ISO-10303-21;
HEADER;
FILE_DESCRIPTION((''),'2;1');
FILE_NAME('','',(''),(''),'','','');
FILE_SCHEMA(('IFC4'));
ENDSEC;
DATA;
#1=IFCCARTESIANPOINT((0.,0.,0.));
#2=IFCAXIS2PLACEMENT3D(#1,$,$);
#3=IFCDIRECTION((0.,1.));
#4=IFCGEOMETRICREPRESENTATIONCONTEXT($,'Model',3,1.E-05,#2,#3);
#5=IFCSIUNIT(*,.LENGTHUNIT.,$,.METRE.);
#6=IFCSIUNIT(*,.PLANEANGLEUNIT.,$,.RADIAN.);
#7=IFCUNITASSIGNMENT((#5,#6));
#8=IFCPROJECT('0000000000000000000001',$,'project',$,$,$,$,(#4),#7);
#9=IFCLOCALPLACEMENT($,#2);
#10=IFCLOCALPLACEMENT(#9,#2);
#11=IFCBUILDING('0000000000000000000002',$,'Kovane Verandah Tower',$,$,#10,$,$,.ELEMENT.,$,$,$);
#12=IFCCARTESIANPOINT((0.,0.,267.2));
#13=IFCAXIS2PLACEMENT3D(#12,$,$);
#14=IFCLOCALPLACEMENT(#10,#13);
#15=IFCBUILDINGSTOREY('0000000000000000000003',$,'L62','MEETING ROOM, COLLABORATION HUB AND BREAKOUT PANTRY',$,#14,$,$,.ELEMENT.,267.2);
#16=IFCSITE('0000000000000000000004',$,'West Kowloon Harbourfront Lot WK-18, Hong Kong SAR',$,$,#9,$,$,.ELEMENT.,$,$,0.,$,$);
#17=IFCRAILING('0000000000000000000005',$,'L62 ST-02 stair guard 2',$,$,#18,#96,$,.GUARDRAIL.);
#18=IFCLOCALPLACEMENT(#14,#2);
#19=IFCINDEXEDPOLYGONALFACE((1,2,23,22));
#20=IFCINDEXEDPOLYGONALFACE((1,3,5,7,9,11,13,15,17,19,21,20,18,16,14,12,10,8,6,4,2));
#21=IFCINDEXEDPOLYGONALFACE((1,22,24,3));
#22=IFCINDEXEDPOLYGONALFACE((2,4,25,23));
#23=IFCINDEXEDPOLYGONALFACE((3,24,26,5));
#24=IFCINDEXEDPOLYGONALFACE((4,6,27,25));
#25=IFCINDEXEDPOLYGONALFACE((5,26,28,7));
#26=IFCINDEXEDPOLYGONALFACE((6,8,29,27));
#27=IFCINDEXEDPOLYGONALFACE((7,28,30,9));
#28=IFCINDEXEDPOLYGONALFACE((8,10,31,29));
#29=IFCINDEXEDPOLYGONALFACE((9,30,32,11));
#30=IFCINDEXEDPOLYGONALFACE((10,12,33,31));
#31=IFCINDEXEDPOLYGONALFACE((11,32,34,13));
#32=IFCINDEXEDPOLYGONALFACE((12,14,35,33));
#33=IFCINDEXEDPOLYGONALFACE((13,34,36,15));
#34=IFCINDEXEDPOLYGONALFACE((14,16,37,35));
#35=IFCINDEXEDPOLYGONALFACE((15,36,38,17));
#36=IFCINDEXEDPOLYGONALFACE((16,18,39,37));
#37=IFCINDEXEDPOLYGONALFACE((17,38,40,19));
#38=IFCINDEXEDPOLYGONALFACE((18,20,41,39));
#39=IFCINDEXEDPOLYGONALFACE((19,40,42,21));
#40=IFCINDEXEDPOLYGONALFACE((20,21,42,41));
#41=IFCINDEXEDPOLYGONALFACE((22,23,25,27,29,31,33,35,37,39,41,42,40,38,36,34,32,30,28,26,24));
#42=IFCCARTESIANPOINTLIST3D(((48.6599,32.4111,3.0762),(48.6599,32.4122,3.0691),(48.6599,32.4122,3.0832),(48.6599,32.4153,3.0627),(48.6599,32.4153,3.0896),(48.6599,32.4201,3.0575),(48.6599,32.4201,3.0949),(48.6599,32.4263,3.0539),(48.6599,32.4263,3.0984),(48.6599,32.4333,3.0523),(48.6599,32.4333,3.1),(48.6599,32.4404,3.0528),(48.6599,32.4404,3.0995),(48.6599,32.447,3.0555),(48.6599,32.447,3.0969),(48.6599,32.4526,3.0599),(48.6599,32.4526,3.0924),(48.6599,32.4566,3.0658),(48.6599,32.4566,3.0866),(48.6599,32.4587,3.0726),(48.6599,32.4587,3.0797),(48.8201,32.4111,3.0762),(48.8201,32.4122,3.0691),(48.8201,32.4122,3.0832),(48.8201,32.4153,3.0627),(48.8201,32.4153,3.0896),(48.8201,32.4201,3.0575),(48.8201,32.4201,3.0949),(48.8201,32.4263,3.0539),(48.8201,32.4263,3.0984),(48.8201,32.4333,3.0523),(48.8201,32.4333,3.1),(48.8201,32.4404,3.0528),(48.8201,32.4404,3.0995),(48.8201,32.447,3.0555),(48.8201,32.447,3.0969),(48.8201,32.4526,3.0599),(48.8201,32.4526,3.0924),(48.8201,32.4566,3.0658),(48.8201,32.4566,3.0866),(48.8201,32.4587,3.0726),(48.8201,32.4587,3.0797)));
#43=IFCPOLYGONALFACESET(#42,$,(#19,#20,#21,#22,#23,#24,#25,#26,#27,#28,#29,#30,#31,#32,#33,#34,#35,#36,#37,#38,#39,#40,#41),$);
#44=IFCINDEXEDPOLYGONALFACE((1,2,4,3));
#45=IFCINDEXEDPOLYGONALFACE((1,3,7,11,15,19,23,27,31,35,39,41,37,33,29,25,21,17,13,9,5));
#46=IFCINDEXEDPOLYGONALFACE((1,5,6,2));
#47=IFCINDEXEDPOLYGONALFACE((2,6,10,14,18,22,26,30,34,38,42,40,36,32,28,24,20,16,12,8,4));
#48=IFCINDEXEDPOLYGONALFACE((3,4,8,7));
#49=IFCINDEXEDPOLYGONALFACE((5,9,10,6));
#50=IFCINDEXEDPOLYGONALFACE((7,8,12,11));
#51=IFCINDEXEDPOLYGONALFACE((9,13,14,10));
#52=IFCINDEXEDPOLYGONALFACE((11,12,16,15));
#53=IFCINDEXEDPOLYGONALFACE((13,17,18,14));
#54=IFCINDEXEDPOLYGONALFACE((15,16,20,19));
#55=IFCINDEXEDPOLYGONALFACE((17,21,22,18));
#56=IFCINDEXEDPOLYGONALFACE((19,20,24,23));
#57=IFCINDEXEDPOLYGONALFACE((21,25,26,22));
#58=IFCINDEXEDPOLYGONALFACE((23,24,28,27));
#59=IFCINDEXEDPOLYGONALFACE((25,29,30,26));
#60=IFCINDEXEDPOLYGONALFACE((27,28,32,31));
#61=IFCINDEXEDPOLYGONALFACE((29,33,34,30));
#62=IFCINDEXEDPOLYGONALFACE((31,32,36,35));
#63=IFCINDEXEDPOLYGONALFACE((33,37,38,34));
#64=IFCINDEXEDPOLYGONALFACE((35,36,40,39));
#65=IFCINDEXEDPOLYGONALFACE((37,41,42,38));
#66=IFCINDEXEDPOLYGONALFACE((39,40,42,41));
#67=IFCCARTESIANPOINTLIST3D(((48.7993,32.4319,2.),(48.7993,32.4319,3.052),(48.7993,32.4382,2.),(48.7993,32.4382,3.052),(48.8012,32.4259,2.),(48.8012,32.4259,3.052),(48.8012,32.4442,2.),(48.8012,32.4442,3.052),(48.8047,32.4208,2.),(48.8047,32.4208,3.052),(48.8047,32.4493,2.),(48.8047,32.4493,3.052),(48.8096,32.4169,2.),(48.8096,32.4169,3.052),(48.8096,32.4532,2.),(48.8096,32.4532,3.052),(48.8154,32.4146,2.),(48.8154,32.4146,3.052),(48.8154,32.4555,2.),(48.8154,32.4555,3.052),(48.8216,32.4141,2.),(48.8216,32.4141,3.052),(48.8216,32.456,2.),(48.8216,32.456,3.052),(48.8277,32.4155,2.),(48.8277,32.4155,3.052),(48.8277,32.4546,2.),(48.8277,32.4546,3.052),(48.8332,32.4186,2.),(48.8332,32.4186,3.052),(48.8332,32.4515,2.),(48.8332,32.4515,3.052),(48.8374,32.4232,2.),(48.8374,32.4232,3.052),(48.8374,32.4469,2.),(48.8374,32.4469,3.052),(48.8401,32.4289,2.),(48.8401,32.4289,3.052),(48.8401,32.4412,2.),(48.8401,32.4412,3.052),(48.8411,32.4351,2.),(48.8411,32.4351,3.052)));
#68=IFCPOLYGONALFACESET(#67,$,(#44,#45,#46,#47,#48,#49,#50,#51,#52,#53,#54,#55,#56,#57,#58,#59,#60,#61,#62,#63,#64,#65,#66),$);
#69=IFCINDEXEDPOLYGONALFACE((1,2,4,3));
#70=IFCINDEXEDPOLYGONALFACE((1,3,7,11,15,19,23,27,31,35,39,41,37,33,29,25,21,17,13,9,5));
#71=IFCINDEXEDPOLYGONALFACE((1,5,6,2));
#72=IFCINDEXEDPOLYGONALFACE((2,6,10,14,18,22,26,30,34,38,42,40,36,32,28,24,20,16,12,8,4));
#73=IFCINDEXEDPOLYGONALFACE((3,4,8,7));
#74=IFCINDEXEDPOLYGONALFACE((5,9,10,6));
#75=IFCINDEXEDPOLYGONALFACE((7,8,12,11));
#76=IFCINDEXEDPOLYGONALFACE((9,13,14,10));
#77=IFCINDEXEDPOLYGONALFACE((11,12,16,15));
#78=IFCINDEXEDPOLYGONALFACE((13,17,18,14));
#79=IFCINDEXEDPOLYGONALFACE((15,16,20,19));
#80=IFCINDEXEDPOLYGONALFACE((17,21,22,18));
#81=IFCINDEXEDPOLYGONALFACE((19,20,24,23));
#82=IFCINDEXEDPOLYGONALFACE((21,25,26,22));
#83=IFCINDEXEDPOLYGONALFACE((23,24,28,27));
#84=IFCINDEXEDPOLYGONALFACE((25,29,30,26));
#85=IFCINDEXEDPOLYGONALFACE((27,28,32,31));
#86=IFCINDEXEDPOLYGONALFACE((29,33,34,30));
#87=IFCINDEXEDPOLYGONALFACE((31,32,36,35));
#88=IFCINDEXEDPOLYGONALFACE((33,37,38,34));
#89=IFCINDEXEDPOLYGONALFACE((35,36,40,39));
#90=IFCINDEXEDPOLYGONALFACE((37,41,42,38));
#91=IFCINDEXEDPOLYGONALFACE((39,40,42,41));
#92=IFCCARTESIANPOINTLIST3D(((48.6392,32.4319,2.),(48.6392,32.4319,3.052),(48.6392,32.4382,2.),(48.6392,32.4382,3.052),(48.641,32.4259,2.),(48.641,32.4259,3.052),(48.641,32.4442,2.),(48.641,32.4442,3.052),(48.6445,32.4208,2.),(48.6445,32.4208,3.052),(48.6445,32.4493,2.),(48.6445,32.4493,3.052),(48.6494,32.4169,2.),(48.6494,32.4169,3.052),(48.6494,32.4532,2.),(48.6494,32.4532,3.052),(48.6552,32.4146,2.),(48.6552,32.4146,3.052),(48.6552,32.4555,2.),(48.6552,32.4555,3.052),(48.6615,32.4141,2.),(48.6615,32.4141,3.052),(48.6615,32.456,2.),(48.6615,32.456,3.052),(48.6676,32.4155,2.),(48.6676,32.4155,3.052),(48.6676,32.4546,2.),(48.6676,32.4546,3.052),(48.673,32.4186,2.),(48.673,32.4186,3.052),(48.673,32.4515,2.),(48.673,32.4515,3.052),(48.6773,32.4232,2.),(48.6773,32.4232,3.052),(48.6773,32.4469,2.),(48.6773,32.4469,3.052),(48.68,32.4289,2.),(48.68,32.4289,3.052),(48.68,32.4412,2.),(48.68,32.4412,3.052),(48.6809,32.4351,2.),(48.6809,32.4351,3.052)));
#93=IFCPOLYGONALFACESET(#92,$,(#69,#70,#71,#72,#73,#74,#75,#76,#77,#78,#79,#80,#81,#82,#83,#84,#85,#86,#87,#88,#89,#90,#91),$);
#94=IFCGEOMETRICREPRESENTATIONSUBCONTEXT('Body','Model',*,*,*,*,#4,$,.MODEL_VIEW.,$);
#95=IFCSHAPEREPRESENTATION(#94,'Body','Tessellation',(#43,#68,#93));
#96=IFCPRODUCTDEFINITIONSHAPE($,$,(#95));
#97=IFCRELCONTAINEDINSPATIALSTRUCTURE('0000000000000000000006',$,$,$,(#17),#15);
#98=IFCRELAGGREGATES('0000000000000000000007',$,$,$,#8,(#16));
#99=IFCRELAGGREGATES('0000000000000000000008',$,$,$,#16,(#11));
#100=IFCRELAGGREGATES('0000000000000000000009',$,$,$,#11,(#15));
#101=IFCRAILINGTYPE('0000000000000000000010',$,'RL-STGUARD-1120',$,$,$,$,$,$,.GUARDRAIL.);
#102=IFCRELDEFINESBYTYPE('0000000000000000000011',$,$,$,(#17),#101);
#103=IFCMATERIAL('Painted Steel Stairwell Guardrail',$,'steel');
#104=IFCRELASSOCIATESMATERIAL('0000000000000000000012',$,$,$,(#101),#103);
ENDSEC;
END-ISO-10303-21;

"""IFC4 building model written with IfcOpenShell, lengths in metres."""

from ifc_helpers import new_model, si_unit, direction, frame, origin, origin_2d, place, context, subcontext, project, spatial, circle, extrude, material, type_object, element, save


model = new_model("IFC4")

# Units and contexts
model_context = context("Model", 3, precision=1e-05, world=origin(), true_north=direction((0.0, 1.0)))
body_context = subcontext(model_context, "Body", "Model", "MODEL_VIEW")
ifc_project = project(units=[si_unit("LENGTHUNIT", "METRE"), si_unit("PLANEANGLEUNIT", "RADIAN")], contexts=[model_context])

# Site, building, storey
site_placement = place(None, origin())
site = spatial("IfcSite", under=ifc_project, at=site_placement, Name="West Kowloon Harbourfront Lot WK-18, Hong Kong SAR", CompositionType="ELEMENT", RefElevation=0.0)
building_placement = place(site_placement, origin())
building = spatial("IfcBuilding", under=site, at=building_placement, Name="Kovane Verandah Tower", CompositionType="ELEMENT")
storey_placement = place(building_placement, frame((0.0, 0.0, 267.2)))
storey = spatial("IfcBuildingStorey", under=building, at=storey_placement, Name="L62", Description="MEETING ROOM, COLLABORATION HUB AND BREAKOUT PANTRY", CompositionType="ELEMENT", Elevation=267.2)

# Railing
ifc_material_1 = material(Name="Painted Steel Stairwell Guardrail", Category="steel")
railing_type = type_object("IfcRailingType", Name="RL-STGUARD-1120", PredefinedType="GUARDRAIL", material=ifc_material_1)
railing_placement = place(storey_placement, frame((48.8201, 32.4351, 2.0)))
element("IfcRailing", 1, at=railing_placement, inside=storey, type_object=railing_type, Name="L62 ST-02 stair guard 2", PredefinedType="GUARDRAIL", context=body_context, shape_type="SweptSolid", body=[
    extrude(circle(Radius=0.0239, at=origin_2d()), frame((0.0, 0.0, 1.0762), z_axis=(-1.0, 0.0, 0.0), x_axis=(0.0, -1.0, 0.0)), (0.0, 0.0, 1.0), 0.1602),
    extrude(circle(Radius=0.021, at=origin_2d()), origin(), (0.0, 0.0, 1.0), 1.052),
    extrude(circle(Radius=0.021, at=origin_2d()), frame((-0.1602, 0.0, 0.0)), (0.0, 0.0, 1.0), 1.052),
])

save(model, "model.ifc")
